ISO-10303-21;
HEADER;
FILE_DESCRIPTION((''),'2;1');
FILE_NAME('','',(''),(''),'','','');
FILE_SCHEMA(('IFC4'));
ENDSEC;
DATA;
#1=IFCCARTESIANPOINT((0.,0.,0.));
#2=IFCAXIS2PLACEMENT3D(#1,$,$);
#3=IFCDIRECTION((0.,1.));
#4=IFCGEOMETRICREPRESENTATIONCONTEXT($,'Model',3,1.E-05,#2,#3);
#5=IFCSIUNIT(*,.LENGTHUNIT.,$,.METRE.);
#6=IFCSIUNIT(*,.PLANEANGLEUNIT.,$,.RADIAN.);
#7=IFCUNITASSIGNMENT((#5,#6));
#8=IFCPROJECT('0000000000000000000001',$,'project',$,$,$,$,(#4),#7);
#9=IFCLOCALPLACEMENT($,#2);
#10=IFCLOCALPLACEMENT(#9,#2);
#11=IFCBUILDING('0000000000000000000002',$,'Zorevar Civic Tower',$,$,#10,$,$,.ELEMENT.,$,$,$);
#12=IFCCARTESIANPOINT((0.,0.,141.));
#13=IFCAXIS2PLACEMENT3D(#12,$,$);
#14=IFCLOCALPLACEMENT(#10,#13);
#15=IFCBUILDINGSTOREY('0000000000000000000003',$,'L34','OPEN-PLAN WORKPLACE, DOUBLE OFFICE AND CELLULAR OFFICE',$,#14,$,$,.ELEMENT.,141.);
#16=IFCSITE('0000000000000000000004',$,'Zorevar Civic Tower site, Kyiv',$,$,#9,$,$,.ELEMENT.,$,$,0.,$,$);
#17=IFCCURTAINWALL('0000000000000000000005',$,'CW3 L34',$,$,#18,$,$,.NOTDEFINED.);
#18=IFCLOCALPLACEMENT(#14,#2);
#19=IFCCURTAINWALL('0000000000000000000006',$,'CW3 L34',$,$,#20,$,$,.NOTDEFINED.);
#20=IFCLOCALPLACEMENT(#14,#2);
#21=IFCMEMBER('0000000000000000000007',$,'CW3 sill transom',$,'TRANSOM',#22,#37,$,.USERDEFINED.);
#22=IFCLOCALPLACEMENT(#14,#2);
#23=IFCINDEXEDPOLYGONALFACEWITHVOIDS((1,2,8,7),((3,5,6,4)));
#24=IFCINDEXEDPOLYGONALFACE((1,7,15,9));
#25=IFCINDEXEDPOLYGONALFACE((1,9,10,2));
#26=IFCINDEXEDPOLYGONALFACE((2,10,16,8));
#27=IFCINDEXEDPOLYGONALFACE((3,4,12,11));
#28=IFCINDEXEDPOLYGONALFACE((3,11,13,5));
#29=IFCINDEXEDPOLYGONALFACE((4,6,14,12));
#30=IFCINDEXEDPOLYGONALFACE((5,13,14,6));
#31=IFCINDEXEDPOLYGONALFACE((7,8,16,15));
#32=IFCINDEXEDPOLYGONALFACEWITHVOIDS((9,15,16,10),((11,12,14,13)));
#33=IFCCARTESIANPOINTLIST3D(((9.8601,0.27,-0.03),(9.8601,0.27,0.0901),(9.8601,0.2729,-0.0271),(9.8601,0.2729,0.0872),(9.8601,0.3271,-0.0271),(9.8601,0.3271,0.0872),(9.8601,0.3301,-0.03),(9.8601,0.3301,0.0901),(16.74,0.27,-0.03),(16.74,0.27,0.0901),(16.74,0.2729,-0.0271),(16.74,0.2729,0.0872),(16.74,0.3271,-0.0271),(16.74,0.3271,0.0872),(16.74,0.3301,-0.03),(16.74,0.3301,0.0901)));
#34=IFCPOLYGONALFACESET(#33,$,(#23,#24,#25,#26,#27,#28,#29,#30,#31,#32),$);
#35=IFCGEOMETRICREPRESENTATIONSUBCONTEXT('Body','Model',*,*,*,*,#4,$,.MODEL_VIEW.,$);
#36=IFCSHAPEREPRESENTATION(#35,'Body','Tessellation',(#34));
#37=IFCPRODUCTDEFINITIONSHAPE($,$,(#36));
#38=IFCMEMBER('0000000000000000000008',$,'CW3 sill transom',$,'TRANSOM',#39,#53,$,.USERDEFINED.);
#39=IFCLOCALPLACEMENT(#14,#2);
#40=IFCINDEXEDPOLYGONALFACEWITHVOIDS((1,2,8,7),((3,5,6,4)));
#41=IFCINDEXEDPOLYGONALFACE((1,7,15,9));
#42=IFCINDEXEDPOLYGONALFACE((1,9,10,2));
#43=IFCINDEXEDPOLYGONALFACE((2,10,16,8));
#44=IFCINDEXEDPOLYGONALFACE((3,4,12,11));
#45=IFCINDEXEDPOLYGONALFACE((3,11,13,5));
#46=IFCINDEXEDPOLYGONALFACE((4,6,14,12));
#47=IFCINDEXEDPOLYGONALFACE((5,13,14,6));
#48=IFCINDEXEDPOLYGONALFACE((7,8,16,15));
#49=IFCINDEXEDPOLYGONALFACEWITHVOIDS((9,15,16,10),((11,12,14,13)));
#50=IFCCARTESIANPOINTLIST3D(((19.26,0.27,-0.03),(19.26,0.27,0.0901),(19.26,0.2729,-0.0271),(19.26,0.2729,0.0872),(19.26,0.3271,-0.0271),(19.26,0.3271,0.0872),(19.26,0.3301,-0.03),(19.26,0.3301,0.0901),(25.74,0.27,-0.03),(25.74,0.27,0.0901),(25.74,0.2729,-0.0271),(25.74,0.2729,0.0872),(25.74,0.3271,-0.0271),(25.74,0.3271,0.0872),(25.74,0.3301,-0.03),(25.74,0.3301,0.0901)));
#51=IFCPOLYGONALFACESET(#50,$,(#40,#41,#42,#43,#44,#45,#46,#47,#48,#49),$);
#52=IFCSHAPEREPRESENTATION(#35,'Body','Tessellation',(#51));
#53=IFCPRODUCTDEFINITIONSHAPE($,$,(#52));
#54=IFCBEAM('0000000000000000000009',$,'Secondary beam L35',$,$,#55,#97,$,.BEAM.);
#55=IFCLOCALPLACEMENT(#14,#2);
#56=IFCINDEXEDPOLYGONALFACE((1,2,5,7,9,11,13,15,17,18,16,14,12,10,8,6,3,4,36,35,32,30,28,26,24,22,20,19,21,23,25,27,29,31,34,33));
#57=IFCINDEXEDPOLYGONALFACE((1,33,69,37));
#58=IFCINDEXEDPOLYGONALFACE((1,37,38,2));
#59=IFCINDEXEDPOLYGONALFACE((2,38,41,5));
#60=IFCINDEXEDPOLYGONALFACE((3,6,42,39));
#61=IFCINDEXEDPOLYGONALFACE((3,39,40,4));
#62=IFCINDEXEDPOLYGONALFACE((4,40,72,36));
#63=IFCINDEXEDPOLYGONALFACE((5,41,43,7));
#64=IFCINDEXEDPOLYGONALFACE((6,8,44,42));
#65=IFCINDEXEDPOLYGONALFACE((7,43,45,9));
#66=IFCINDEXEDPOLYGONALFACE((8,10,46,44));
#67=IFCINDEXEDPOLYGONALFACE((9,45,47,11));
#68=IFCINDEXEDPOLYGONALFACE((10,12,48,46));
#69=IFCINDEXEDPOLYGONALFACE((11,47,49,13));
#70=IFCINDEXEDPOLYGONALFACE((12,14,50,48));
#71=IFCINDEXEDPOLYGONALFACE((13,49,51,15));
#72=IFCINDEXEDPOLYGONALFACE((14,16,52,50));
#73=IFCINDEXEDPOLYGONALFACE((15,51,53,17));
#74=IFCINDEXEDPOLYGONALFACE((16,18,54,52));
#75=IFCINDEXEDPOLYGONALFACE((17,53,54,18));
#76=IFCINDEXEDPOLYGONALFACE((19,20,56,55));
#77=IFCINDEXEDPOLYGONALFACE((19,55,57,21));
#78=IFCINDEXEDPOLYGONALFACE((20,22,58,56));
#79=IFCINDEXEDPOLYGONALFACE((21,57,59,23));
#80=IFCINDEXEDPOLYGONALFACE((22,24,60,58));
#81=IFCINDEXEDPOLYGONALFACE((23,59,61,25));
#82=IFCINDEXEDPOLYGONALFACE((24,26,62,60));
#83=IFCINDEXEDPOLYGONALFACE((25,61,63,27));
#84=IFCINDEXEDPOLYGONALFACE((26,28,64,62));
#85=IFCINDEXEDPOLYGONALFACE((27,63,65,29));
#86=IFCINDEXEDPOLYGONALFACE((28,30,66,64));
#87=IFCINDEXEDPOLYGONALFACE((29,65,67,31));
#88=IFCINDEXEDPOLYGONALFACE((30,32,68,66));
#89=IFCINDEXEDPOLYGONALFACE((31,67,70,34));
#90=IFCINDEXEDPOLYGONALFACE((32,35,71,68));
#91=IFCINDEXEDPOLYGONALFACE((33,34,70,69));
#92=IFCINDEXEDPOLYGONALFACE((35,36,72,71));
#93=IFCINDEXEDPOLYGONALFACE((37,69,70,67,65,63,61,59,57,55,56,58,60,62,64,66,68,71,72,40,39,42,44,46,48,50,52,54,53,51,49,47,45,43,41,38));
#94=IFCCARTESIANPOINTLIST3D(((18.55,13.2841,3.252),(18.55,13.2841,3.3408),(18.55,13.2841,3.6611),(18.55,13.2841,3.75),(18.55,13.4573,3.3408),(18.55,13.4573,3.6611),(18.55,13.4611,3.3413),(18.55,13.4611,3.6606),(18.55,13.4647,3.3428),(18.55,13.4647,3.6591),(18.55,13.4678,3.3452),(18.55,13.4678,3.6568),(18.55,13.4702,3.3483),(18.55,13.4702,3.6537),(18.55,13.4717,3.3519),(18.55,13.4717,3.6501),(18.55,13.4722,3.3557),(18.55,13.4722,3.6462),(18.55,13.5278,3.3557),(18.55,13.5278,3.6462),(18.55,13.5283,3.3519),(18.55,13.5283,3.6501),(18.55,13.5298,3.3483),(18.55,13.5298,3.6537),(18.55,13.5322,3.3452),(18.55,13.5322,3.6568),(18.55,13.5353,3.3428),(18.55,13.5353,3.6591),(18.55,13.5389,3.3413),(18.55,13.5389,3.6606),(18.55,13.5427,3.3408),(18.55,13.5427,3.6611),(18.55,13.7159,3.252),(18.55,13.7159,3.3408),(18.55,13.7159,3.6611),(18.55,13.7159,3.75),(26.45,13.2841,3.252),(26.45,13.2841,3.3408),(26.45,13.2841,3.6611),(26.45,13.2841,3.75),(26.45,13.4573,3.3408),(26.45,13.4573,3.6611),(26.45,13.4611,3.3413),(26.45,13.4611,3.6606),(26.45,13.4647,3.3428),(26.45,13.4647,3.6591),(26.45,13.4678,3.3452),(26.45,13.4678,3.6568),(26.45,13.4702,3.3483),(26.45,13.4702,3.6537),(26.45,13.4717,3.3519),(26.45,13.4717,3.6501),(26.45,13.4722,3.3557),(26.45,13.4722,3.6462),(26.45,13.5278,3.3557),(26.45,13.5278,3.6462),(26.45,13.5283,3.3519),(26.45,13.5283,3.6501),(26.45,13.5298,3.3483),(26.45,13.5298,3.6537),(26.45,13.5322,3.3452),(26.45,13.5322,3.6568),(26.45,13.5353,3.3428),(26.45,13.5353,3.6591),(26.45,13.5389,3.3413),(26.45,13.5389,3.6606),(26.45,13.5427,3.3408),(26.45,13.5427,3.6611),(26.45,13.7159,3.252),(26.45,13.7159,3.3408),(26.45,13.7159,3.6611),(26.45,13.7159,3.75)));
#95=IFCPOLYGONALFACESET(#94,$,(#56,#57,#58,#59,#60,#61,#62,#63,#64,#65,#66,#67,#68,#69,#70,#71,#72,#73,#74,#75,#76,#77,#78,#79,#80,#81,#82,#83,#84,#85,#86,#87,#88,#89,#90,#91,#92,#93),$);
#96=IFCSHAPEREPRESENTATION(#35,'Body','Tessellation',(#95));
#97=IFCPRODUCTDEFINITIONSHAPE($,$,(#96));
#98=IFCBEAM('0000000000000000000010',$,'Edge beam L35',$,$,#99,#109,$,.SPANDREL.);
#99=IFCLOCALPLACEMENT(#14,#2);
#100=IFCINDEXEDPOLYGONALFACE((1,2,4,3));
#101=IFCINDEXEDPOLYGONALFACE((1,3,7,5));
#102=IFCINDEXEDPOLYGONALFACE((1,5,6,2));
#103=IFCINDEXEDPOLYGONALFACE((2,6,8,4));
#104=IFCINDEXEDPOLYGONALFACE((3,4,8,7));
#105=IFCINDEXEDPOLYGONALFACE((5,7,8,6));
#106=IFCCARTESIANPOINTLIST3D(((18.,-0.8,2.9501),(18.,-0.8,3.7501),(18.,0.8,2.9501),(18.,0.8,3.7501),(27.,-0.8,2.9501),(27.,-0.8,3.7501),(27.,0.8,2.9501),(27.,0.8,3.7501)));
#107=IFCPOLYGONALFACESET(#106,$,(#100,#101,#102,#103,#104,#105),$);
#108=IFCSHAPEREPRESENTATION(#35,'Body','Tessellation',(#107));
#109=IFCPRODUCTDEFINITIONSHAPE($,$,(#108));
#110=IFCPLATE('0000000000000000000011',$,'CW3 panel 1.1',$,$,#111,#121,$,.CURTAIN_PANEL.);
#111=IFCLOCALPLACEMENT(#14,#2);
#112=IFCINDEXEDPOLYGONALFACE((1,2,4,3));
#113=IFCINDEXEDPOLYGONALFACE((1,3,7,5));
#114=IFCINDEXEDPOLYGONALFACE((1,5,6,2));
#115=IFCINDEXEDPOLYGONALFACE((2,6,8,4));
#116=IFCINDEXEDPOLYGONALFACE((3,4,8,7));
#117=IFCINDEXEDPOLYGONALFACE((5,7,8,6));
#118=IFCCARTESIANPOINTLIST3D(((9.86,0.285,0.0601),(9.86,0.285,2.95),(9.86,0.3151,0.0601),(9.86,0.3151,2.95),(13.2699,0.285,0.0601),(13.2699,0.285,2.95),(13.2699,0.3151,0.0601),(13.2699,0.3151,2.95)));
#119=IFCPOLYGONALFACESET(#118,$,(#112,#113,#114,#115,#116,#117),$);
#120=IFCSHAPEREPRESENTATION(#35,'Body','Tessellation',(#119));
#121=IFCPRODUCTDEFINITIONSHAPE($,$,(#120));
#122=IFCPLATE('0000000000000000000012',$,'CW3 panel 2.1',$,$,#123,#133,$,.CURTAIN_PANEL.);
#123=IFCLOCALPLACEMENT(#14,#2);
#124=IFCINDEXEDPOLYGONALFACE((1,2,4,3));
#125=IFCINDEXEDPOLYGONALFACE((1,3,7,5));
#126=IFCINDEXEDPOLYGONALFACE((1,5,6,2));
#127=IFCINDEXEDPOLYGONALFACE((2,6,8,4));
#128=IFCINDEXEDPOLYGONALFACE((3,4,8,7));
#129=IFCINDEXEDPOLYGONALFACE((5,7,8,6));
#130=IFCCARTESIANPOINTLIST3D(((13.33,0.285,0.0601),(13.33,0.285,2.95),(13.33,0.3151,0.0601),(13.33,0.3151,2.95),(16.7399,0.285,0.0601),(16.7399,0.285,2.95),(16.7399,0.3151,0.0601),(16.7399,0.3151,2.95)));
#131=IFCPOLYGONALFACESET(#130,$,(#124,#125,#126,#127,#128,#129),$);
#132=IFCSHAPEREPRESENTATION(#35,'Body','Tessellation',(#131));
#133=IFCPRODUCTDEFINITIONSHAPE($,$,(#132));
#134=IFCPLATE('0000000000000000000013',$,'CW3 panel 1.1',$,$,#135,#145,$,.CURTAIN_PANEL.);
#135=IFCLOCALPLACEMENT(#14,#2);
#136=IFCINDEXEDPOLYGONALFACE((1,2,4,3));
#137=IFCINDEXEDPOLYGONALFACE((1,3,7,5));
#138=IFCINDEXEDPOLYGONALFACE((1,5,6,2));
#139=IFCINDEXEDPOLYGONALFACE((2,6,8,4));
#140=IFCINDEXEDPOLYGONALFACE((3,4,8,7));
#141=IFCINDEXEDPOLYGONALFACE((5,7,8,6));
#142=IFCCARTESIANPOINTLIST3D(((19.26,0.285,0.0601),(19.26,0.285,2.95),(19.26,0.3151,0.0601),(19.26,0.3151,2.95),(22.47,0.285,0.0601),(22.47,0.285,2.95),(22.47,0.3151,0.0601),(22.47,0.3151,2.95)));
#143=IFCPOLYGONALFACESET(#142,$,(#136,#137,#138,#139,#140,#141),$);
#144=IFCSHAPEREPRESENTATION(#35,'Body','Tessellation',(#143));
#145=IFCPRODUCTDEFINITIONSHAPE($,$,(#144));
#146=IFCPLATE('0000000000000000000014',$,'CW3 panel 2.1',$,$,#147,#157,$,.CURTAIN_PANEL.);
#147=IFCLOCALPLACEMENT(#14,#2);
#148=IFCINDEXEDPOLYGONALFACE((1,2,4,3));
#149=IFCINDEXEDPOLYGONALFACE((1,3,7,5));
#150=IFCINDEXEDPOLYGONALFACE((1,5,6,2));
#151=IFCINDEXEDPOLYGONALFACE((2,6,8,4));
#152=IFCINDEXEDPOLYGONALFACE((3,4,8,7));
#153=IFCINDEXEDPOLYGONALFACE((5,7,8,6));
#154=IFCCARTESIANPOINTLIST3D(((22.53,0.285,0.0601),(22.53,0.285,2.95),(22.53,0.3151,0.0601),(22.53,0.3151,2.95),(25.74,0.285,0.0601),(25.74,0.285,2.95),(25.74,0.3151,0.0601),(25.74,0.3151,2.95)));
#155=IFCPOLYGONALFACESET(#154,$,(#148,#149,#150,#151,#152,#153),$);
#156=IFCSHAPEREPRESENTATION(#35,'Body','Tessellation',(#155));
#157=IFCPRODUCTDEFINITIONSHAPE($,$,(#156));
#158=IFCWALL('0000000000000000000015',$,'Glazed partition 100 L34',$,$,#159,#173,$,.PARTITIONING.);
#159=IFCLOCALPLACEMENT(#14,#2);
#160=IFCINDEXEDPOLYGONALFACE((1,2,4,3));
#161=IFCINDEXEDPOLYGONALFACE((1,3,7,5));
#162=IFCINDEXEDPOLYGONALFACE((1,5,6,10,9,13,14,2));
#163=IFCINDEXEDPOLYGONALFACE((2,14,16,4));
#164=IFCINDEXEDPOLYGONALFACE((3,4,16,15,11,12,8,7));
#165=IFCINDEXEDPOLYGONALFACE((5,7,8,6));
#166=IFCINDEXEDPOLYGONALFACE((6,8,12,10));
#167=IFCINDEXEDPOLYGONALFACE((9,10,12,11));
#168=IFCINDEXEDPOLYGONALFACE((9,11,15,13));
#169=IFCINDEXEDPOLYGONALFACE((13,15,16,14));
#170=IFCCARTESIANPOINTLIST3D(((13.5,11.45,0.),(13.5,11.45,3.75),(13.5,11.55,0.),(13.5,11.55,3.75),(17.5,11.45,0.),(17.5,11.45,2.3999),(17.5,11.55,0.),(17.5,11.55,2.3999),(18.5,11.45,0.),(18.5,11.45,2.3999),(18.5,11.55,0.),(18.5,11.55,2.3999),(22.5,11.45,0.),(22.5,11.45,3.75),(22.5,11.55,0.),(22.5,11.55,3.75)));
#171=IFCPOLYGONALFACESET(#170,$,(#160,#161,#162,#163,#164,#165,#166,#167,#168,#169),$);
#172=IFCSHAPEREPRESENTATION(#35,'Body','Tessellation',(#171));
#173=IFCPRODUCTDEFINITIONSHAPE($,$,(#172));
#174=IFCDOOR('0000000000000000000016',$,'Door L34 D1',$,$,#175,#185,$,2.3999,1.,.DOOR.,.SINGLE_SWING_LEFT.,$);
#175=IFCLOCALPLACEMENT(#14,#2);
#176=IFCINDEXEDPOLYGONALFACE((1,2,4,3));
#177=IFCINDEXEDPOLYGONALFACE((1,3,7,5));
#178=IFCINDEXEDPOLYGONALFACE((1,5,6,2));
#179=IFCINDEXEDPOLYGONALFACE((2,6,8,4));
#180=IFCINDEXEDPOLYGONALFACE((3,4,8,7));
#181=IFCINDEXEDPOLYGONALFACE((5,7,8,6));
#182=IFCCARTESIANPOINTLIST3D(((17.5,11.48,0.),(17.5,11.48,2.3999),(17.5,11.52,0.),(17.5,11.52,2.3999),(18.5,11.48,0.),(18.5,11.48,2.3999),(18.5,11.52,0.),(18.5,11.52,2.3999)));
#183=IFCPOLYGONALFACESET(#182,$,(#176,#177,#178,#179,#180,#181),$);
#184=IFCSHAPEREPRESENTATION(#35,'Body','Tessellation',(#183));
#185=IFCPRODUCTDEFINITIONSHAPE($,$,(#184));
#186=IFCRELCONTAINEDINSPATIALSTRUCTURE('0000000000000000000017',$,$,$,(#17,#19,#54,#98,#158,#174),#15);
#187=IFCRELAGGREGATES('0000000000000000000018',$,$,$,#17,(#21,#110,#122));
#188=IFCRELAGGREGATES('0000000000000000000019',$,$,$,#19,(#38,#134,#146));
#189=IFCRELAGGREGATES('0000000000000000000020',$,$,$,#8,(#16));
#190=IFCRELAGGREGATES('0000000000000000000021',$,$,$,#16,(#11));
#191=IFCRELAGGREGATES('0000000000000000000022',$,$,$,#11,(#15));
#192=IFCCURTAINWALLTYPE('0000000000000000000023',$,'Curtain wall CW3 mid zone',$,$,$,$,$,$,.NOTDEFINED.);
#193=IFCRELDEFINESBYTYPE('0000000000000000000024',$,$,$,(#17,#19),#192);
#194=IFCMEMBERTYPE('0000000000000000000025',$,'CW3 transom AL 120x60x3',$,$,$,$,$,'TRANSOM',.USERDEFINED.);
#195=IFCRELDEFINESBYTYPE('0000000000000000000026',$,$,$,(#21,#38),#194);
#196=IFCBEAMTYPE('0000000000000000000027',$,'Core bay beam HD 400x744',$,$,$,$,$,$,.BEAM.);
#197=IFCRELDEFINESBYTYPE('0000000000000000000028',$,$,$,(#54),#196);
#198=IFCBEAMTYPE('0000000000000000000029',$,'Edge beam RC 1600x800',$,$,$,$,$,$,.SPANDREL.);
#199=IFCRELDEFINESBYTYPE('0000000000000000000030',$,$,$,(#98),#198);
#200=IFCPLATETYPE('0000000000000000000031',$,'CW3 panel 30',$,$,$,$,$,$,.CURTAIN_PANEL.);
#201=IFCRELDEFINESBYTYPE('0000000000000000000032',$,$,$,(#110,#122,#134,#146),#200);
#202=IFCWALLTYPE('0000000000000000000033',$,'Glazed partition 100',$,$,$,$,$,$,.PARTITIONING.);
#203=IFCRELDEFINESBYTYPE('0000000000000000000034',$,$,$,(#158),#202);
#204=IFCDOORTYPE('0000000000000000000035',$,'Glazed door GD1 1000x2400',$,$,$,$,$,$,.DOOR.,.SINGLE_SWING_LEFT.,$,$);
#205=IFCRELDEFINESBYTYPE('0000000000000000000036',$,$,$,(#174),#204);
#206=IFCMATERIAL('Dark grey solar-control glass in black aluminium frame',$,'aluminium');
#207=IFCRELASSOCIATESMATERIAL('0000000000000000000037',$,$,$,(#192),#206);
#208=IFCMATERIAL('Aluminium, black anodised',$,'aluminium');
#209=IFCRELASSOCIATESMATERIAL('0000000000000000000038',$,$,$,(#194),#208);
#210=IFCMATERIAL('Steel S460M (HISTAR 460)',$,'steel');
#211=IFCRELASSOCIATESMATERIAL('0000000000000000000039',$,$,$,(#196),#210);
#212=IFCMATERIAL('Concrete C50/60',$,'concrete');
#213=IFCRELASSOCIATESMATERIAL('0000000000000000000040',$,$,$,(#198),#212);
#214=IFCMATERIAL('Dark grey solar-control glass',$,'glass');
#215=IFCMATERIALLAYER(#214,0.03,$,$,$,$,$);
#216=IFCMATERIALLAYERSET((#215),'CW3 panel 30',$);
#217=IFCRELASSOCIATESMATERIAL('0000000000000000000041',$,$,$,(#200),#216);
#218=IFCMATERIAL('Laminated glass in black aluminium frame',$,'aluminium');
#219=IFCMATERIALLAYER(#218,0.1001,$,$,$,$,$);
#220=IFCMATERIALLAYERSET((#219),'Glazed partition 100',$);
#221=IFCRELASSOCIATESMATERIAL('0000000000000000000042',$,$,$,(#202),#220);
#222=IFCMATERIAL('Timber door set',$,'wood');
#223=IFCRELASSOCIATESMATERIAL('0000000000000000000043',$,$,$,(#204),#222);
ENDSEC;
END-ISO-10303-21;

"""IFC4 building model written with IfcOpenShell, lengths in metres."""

from ifc_helpers import new_model, si_unit, direction, frame, frame_2d, origin, origin_2d, place, context, subcontext, project, spatial, rectangle, hollow_rectangle, i_section, extrude, material, layer, layer_set, material_profile, profile_set, type_object, element, fill, aggregate, save


model = new_model("IFC4")

# Units and contexts
model_context = context("Model", 3, precision=1e-05, world=origin(), true_north=direction((0.0, 1.0)))
body_context = subcontext(model_context, "Body", "Model", "MODEL_VIEW")
ifc_project = project(units=[si_unit("LENGTHUNIT", "METRE"), si_unit("PLANEANGLEUNIT", "RADIAN")], contexts=[model_context])

# Site, building, storey
site_placement = place(None, origin())
site = spatial("IfcSite", under=ifc_project, at=site_placement, Name="Zorevar Civic Tower site, Kyiv", CompositionType="ELEMENT", RefElevation=0.0)
building_placement = place(site_placement, origin())
building = spatial("IfcBuilding", under=site, at=building_placement, Name="Zorevar Civic Tower", CompositionType="ELEMENT")
storey_placement = place(building_placement, frame((0.0, 0.0, 141.0)))
storey = spatial("IfcBuildingStorey", under=building, at=storey_placement, Name="L34", Description="OPEN-PLAN WORKPLACE, DOUBLE OFFICE AND CELLULAR OFFICE", CompositionType="ELEMENT", Elevation=141.0)

# Curtain walls
ifc_material_1 = material(Name="Dark grey solar-control glass in black aluminium frame", Category="aluminium")
curtain_wall_type = type_object("IfcCurtainWallType", Name="Curtain wall CW3 mid zone", PredefinedType="NOTDEFINED", material=ifc_material_1)
curtain_wall_1_placement = place(storey_placement, origin())
curtain_wall_1 = element("IfcCurtainWall", 1, at=curtain_wall_1_placement, inside=storey, type_object=curtain_wall_type, Name="CW3 L34", PredefinedType="NOTDEFINED")
curtain_wall_2_placement = place(storey_placement, origin())
curtain_wall_2 = element("IfcCurtainWall", 2, at=curtain_wall_2_placement, inside=storey, type_object=curtain_wall_type, Name="CW3 L34", PredefinedType="NOTDEFINED")

# Members
ifc_material_2 = material(Name="Aluminium, black anodised", Category="aluminium")
ifc_material_profile_1 = material_profile(ifc_material_2, hollow_rectangle(XDim=0.0601, YDim=0.1201, WallThickness=0.0029, at=origin_2d()), Name="AL 120x60x3")
ifc_profile_set_1 = profile_set([ifc_material_profile_1], Name="Aluminium, black anodised")
member_type_1 = type_object("IfcMemberType", Name="CW3 transom AL 120x60x3", ElementType="TRANSOM", PredefinedType="USERDEFINED", material=ifc_profile_set_1)
member_1_placement = place(storey_placement, frame((9.8601, 0.3, 0.03), z_axis=(1.0, 0.0, 0.0), x_axis=(0.0, 1.0, 0.0)))
member_1 = element("IfcMember", 3, at=member_1_placement, type_object=member_type_1, Name="CW3 sill transom", ObjectType="TRANSOM", PredefinedType="USERDEFINED", context=body_context, shape_type="SweptSolid", body=[
    extrude(hollow_rectangle(XDim=0.0601, YDim=0.1201, WallThickness=0.0029, at=origin_2d()), origin(), (0.0, 0.0, 1.0), 6.8799),
])
member_2_placement = place(storey_placement, frame((19.26, 0.3, 0.03), z_axis=(1.0, 0.0, 0.0), x_axis=(0.0, 1.0, 0.0)))
member_2 = element("IfcMember", 4, at=member_2_placement, type_object=member_type_1, Name="CW3 sill transom", ObjectType="TRANSOM", PredefinedType="USERDEFINED", context=body_context, shape_type="SweptSolid", body=[
    extrude(hollow_rectangle(XDim=0.0601, YDim=0.1201, WallThickness=0.0029, at=origin_2d()), origin(), (0.0, 0.0, 1.0), 6.48),
])

# Beams
ifc_material_3 = material(Name="Steel S460M (HISTAR 460)", Category="steel")
ifc_material_profile_2 = material_profile(ifc_material_3, i_section(OverallWidth=0.4319, OverallDepth=0.498, WebThickness=0.0557, FlangeThickness=0.0889, FilletRadius=0.0149, at=origin_2d()), Name="HD 400x744")
ifc_profile_set_2 = profile_set([ifc_material_profile_2], Name="Steel S460M (HISTAR 460)")
beam_type_1 = type_object("IfcBeamType", Name="Core bay beam HD 400x744", PredefinedType="BEAM", material=ifc_profile_set_2)
beam_1_placement = place(storey_placement, frame((18.55, 13.5, 3.501), z_axis=(1.0, 0.0, 0.0), x_axis=(0.0, 1.0, 0.0)))
element("IfcBeam", 5, at=beam_1_placement, inside=storey, type_object=beam_type_1, Name="Secondary beam L35", PredefinedType="BEAM", context=body_context, shape_type="SweptSolid", body=[
    extrude(i_section(OverallWidth=0.4319, OverallDepth=0.498, WebThickness=0.0557, FlangeThickness=0.0889, FilletRadius=0.0149, at=origin_2d()), origin(), (0.0, 0.0, 1.0), 7.8999),
])
ifc_material_4 = material(Name="Concrete C50/60", Category="concrete")
ifc_material_profile_3 = material_profile(ifc_material_4, rectangle(XDim=1.6001, YDim=0.8, at=origin_2d()), Name="RC 1600x800")
ifc_profile_set_3 = profile_set([ifc_material_profile_3], Name="Concrete C50/60")
beam_type_2 = type_object("IfcBeamType", Name="Edge beam RC 1600x800", PredefinedType="SPANDREL", material=ifc_profile_set_3)
beam_2_placement = place(storey_placement, frame((18.0, 0.0, 3.3501), z_axis=(1.0, 0.0, 0.0), x_axis=(0.0, 1.0, 0.0)))
element("IfcBeam", 6, at=beam_2_placement, inside=storey, type_object=beam_type_2, Name="Edge beam L35", PredefinedType="SPANDREL", context=body_context, shape_type="SweptSolid", body=[
    extrude(rectangle(XDim=1.6001, YDim=0.8, at=origin_2d()), origin(), (0.0, 0.0, 1.0), 9.0),
])

# Plates
ifc_material_5 = material(Name="Dark grey solar-control glass", Category="glass")
ifc_layer_1 = layer(ifc_material_5, 0.03)
ifc_layer_set_1 = layer_set([ifc_layer_1], Name="CW3 panel 30")
plate_type = type_object("IfcPlateType", Name="CW3 panel 30", PredefinedType="CURTAIN_PANEL", material=ifc_layer_set_1)
plate_1_placement = place(storey_placement, frame((11.5649, 0.3, 0.0601), z_axis=(0.0, 0.0, 1.0), x_axis=(1.0, 0.0, 0.0)))
plate_1 = element("IfcPlate", 7, at=plate_1_placement, type_object=plate_type, Name="CW3 panel 1.1", PredefinedType="CURTAIN_PANEL", context=body_context, shape_type="SweptSolid", body=[
    extrude(rectangle(XDim=3.4099, YDim=0.03, at=origin_2d()), origin(), (0.0, 0.0, 1.0), 2.8899),
])
plate_2_placement = place(storey_placement, frame((15.0349, 0.3, 0.0601), z_axis=(0.0, 0.0, 1.0), x_axis=(1.0, 0.0, 0.0)))
plate_2 = element("IfcPlate", 8, at=plate_2_placement, type_object=plate_type, Name="CW3 panel 2.1", PredefinedType="CURTAIN_PANEL", context=body_context, shape_type="SweptSolid", body=[
    extrude(rectangle(XDim=3.4099, YDim=0.03, at=origin_2d()), origin(), (0.0, 0.0, 1.0), 2.8899),
])
aggregate(curtain_wall_1, [member_1, plate_1, plate_2])
plate_3_placement = place(storey_placement, frame((20.865, 0.3, 0.0601), z_axis=(0.0, 0.0, 1.0), x_axis=(1.0, 0.0, 0.0)))
plate_3 = element("IfcPlate", 9, at=plate_3_placement, type_object=plate_type, Name="CW3 panel 1.1", PredefinedType="CURTAIN_PANEL", context=body_context, shape_type="SweptSolid", body=[
    extrude(rectangle(XDim=3.21, YDim=0.03, at=origin_2d()), origin(), (0.0, 0.0, 1.0), 2.8899),
])
plate_4_placement = place(storey_placement, frame((24.135, 0.3, 0.0601), z_axis=(0.0, 0.0, 1.0), x_axis=(1.0, 0.0, 0.0)))
plate_4 = element("IfcPlate", 10, at=plate_4_placement, type_object=plate_type, Name="CW3 panel 2.1", PredefinedType="CURTAIN_PANEL", context=body_context, shape_type="SweptSolid", body=[
    extrude(rectangle(XDim=3.21, YDim=0.03, at=origin_2d()), origin(), (0.0, 0.0, 1.0), 2.8899),
])
aggregate(curtain_wall_2, [member_2, plate_3, plate_4])

# Wall, opening, door
ifc_material_6 = material(Name="Laminated glass in black aluminium frame", Category="aluminium")
ifc_layer_2 = layer(ifc_material_6, 0.1001)
ifc_layer_set_2 = layer_set([ifc_layer_2], Name="Glazed partition 100")
wall_type_1 = type_object("IfcWallType", Name="Glazed partition 100", PredefinedType="PARTITIONING", material=ifc_layer_set_2)
wall_1_placement = place(storey_placement, frame((13.5, 11.5, 0.0), z_axis=(0.0, 0.0, 1.0), x_axis=(1.0, 0.0, 0.0)))
wall_1 = element("IfcWall", 11, at=wall_1_placement, inside=storey, type_object=wall_type_1, Name="Glazed partition 100 L34", PredefinedType="PARTITIONING", context=body_context, shape_type="SweptSolid", body=[
    extrude(rectangle(XDim=9.0, YDim=0.1001, at=frame_2d((4.5, 0.0))), origin(), (0.0, 0.0, 1.0), 3.75),
])
opening_1_placement = place(wall_1_placement, frame((4.0, 0.0, 0.0)))
opening_1 = element("IfcOpeningElement", 12, at=opening_1_placement, cuts=wall_1, PredefinedType="OPENING", context=body_context, shape_type="SweptSolid", body=[
    extrude(rectangle(XDim=1.0, YDim=2.3999, at=frame_2d((0.5, 1.2))), frame((0.0, 0.0601, 0.0), z_axis=(0.0, -1.0, 0.0), x_axis=(1.0, 0.0, 0.0)), (0.0, 0.0, 1.0), 0.1201),
])
ifc_material_7 = material(Name="Timber door set", Category="wood")
door_type_1 = type_object("IfcDoorType", Name="Glazed door GD1 1000x2400", OperationType="SINGLE_SWING_LEFT", PredefinedType="DOOR", material=ifc_material_7)
door_1_placement = place(opening_1_placement, origin())
door_1 = element("IfcDoor", 13, at=door_1_placement, inside=storey, type_object=door_type_1, Name="Door L34 D1", OperationType="SINGLE_SWING_LEFT", OverallHeight=2.3999, OverallWidth=1.0, PredefinedType="DOOR", context=body_context, shape_type="SweptSolid", body=[
    extrude(rectangle(XDim=1.0, YDim=2.3999, at=frame_2d((0.5, 1.2))), frame((0.0, 0.02, 0.0), z_axis=(0.0, -1.0, 0.0), x_axis=(1.0, 0.0, 0.0)), (0.0, 0.0, 1.0), 0.04),
])
fill(opening_1, door_1)

save(model, "model.ifc")
